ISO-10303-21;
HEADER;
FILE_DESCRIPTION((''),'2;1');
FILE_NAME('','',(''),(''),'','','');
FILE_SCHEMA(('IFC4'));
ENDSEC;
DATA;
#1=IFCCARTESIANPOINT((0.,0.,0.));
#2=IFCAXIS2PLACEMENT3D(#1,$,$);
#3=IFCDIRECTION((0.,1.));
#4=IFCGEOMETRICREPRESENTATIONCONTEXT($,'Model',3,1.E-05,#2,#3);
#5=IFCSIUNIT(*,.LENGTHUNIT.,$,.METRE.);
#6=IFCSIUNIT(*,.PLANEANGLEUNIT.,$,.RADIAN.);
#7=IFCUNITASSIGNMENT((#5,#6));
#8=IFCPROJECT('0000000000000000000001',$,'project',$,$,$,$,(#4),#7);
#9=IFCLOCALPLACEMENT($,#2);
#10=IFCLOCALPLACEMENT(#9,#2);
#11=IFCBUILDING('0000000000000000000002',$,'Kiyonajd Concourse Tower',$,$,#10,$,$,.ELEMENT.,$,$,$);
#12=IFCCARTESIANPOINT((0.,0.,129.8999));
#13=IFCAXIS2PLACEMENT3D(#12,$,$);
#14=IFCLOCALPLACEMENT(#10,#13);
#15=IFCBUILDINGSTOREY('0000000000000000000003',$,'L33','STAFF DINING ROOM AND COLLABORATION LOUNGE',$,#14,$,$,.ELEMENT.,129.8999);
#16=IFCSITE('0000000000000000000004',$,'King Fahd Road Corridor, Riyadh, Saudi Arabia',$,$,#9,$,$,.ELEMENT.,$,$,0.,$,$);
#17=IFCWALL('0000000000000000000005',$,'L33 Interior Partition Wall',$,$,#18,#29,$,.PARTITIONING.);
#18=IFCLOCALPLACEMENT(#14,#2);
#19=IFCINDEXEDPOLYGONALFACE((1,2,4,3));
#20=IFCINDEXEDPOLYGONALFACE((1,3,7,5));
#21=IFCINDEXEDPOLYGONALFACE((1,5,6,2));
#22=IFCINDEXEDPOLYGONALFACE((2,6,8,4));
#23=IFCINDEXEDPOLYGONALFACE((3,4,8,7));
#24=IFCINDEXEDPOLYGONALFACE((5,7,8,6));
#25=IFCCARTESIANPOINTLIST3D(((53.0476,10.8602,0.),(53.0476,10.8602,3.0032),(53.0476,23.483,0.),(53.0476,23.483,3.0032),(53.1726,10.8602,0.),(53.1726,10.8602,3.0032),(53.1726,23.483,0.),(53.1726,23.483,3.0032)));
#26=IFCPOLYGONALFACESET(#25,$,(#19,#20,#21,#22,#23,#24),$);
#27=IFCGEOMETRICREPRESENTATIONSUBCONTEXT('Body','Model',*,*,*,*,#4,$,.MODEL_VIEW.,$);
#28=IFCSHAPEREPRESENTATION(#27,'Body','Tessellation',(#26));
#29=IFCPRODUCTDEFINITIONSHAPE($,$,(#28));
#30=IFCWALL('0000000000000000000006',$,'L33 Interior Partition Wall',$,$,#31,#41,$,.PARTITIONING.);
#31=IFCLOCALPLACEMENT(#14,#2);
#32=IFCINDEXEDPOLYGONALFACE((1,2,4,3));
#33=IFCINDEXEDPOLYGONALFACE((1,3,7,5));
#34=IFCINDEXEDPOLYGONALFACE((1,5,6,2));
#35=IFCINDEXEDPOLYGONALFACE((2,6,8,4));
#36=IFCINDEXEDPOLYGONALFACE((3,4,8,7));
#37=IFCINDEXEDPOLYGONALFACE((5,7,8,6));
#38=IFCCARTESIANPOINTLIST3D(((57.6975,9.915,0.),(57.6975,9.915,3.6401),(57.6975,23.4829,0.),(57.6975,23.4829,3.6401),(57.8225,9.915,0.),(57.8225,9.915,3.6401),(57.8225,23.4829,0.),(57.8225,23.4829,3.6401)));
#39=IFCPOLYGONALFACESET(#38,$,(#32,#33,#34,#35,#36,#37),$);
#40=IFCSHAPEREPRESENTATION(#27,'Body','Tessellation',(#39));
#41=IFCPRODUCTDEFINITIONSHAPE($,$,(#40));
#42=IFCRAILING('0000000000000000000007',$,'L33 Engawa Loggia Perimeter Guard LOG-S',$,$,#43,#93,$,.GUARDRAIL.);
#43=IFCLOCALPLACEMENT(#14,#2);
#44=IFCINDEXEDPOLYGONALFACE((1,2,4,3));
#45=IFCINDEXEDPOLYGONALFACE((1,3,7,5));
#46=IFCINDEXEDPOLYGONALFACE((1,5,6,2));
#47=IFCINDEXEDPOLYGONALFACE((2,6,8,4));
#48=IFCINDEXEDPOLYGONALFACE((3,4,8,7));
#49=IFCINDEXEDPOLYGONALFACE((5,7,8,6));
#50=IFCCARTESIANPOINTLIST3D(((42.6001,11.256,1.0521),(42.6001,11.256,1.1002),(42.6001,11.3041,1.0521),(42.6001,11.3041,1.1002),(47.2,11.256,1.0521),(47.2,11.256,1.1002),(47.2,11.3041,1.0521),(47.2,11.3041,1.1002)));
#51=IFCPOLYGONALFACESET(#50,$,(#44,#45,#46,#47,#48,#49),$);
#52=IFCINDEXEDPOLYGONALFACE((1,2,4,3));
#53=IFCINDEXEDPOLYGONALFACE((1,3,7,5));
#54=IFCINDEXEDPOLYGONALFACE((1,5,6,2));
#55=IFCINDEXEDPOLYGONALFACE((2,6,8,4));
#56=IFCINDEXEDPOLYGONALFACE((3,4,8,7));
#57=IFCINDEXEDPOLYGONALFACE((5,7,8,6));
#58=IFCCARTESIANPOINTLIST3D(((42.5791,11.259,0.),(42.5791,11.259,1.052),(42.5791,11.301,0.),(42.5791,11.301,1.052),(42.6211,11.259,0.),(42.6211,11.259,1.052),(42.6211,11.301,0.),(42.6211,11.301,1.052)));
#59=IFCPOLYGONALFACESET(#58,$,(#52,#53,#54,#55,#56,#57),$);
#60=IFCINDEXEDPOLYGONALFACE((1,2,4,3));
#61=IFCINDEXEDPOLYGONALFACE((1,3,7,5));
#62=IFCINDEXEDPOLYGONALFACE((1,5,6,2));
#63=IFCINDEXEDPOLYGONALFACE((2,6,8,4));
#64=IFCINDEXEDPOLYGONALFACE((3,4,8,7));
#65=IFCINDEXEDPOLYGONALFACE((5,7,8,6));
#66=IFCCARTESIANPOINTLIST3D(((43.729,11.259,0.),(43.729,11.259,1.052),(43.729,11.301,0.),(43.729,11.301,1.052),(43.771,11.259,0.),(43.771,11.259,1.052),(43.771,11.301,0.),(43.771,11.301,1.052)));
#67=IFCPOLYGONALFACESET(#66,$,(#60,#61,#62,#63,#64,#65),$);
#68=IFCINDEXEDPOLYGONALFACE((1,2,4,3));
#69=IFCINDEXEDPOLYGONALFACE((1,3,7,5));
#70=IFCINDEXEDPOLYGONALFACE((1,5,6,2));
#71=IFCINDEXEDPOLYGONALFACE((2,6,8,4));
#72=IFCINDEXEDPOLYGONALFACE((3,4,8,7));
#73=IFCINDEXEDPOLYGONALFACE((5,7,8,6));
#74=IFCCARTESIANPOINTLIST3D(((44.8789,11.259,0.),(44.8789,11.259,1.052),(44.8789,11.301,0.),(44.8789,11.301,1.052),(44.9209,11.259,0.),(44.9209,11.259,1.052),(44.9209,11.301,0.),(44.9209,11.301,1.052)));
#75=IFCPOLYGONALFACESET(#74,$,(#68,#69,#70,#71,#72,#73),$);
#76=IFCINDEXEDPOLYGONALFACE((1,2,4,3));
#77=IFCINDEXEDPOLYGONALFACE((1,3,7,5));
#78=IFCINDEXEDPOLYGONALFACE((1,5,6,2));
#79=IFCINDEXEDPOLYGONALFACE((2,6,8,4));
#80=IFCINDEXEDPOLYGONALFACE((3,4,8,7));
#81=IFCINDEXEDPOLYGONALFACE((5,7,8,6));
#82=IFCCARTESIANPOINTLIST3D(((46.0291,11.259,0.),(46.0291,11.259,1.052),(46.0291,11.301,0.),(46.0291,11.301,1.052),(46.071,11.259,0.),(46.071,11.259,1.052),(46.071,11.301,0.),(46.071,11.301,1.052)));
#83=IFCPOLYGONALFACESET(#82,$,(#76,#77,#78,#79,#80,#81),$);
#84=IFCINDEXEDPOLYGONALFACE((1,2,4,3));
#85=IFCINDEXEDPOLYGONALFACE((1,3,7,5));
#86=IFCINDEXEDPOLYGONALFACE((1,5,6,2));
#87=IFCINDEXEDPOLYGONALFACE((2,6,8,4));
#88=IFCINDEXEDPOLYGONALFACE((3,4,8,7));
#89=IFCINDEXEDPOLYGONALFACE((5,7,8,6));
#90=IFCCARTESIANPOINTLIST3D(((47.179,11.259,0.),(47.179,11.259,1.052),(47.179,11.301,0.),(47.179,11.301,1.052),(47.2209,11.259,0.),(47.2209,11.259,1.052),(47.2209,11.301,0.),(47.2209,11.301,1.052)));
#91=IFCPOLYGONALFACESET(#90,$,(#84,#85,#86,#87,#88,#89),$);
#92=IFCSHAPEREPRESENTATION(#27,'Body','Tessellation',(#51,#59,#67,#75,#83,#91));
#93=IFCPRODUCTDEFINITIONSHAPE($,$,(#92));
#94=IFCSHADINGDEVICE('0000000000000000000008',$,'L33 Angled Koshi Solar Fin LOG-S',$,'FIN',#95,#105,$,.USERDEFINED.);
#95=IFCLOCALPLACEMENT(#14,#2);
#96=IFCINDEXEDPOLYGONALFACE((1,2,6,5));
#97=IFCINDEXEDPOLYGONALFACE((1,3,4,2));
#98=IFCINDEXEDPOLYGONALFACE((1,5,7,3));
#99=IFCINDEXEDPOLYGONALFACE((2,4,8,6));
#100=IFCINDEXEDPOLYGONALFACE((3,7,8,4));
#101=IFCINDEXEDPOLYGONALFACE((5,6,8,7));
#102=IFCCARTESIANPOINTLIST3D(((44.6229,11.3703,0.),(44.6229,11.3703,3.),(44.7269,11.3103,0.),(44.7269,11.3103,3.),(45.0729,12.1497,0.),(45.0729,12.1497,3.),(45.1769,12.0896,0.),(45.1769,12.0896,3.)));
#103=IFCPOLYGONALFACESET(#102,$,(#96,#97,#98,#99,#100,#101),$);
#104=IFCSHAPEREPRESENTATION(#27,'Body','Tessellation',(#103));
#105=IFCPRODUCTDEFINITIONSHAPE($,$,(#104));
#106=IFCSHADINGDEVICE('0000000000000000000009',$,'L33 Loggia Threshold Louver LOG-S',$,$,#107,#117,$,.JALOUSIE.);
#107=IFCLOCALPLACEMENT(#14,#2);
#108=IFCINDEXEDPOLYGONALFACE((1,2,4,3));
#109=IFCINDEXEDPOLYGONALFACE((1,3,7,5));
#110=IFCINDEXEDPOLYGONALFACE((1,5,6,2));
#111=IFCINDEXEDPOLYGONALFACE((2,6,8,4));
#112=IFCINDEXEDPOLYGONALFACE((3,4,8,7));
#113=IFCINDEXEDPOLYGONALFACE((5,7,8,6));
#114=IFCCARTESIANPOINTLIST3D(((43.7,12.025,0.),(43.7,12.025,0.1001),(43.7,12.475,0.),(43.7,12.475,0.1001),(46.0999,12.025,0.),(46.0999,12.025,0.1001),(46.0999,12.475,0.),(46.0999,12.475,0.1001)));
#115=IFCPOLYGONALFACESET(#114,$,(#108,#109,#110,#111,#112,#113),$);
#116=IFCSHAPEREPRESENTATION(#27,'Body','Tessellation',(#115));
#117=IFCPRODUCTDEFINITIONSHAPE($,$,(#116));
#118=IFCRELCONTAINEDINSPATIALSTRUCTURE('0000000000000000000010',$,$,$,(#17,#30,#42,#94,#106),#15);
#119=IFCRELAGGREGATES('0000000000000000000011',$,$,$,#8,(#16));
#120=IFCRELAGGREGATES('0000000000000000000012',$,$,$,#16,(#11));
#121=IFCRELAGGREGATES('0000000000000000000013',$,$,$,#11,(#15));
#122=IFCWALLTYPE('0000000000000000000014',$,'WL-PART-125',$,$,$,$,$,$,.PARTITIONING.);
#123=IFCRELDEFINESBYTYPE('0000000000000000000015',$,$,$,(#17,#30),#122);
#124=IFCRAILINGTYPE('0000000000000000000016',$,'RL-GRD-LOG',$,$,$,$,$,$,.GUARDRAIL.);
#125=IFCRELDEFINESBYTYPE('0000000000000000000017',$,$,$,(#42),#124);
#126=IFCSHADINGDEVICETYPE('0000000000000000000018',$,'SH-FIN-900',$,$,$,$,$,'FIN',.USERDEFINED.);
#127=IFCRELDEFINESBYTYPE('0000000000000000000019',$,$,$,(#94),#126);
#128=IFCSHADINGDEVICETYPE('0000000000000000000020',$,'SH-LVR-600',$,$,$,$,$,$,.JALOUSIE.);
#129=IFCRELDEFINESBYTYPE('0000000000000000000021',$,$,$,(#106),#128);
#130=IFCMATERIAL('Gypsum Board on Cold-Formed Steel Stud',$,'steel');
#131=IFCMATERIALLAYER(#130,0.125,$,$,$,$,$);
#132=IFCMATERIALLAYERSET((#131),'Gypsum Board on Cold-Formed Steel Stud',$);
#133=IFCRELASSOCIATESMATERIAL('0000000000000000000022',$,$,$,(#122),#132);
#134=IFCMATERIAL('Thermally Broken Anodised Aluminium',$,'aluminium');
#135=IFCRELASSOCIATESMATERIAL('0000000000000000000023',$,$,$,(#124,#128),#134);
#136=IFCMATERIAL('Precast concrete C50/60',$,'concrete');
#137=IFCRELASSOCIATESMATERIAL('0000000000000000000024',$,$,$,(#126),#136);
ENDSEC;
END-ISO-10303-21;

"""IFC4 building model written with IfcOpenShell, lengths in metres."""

from ifc_helpers import new_model, si_unit, direction, frame, frame_2d, origin, origin_2d, place, context, subcontext, project, spatial, rectangle, extrude, material, layer, layer_set, type_object, element, save


model = new_model("IFC4")

# Units and contexts
model_context = context("Model", 3, precision=1e-05, world=origin(), true_north=direction((0.0, 1.0)))
body_context = subcontext(model_context, "Body", "Model", "MODEL_VIEW")
ifc_project = project(units=[si_unit("LENGTHUNIT", "METRE"), si_unit("PLANEANGLEUNIT", "RADIAN")], contexts=[model_context])

# Site, building, storey
site_placement = place(None, origin())
site = spatial("IfcSite", under=ifc_project, at=site_placement, Name="King Fahd Road Corridor, Riyadh, Saudi Arabia", CompositionType="ELEMENT", RefElevation=0.0)
building_placement = place(site_placement, origin())
building = spatial("IfcBuilding", under=site, at=building_placement, Name="Kiyonajd Concourse Tower", CompositionType="ELEMENT")
storey_placement = place(building_placement, frame((0.0, 0.0, 129.8999)))
storey = spatial("IfcBuildingStorey", under=building, at=storey_placement, Name="L33", Description="STAFF DINING ROOM AND COLLABORATION LOUNGE", CompositionType="ELEMENT", Elevation=129.8999)

# Shared definitions
ifc_material_1 = material(Name="Precast concrete C50/60", Category="concrete")

# Shared definitions
ifc_material_2 = material(Name="Thermally Broken Anodised Aluminium", Category="aluminium")

# Walls
ifc_material_3 = material(Name="Gypsum Board on Cold-Formed Steel Stud", Category="steel")
ifc_layer_1 = layer(ifc_material_3, 0.125)
ifc_layer_set_1 = layer_set([ifc_layer_1], Name="Gypsum Board on Cold-Formed Steel Stud")
wall_type_1 = type_object("IfcWallType", Name="WL-PART-125", PredefinedType="PARTITIONING", material=ifc_layer_set_1)
wall_1_placement = place(storey_placement, frame((53.1101, 10.8601, 0.0), z_axis=(0.0, 0.0, 1.0), x_axis=(0.0, 1.0, 0.0)))
element("IfcWall", 1, at=wall_1_placement, inside=storey, type_object=wall_type_1, Name="L33 Interior Partition Wall", PredefinedType="PARTITIONING", context=body_context, shape_type="SweptSolid", body=[
    extrude(rectangle(XDim=12.6228, YDim=0.125, at=frame_2d((6.3115, 0.0))), origin(), (0.0, 0.0, 1.0), 3.0032),
])
wall_2_placement = place(storey_placement, frame((57.76, 9.915, 0.0), z_axis=(0.0, 0.0, 1.0), x_axis=(0.0, 1.0, 0.0)))
element("IfcWall", 2, at=wall_2_placement, inside=storey, type_object=wall_type_1, Name="L33 Interior Partition Wall", PredefinedType="PARTITIONING", context=body_context, shape_type="SweptSolid", body=[
    extrude(rectangle(XDim=13.5679, YDim=0.125, at=frame_2d((6.7839, 0.0))), origin(), (0.0, 0.0, 1.0), 3.6401),
])

# Railing
railing_type = type_object("IfcRailingType", Name="RL-GRD-LOG", PredefinedType="GUARDRAIL", material=ifc_material_2)
railing_placement = place(storey_placement, frame((42.6001, 11.28, 0.0)))
element("IfcRailing", 3, at=railing_placement, inside=storey, type_object=railing_type, Name="L33 Engawa Loggia Perimeter Guard LOG-S", PredefinedType="GUARDRAIL", context=body_context, shape_type="SweptSolid", body=[
    extrude(rectangle(XDim=0.0481, YDim=0.0481, at=origin_2d()), frame((0.0, 0.0, 1.0762), z_axis=(1.0, 0.0, 0.0), x_axis=(0.0, 1.0, 0.0)), (0.0, 0.0, 1.0), 4.5999),
    extrude(rectangle(XDim=0.042, YDim=0.042, at=origin_2d()), origin(), (0.0, 0.0, 1.0), 1.052),
    extrude(rectangle(XDim=0.042, YDim=0.042, at=origin_2d()), frame((1.1499, 0.0, 0.0)), (0.0, 0.0, 1.0), 1.052),
    extrude(rectangle(XDim=0.042, YDim=0.042, at=origin_2d()), frame((2.2998, 0.0, 0.0)), (0.0, 0.0, 1.0), 1.052),
    extrude(rectangle(XDim=0.042, YDim=0.042, at=origin_2d()), frame((3.45, 0.0, 0.0)), (0.0, 0.0, 1.0), 1.052),
    extrude(rectangle(XDim=0.042, YDim=0.042, at=origin_2d()), frame((4.5999, 0.0, 0.0)), (0.0, 0.0, 1.0), 1.052),
])

# Shading devices
shading_device_type_1 = type_object("IfcShadingDeviceType", Name="SH-FIN-900", ElementType="FIN", PredefinedType="USERDEFINED", material=ifc_material_1)
shading_device_1_placement = place(storey_placement, frame((44.8999, 11.73, 0.0), z_axis=(0.0, 0.0, 1.0), x_axis=(0.5, 0.866025, 0.0)))
element("IfcShadingDevice", 4, at=shading_device_1_placement, inside=storey, type_object=shading_device_type_1, Name="L33 Angled Koshi Solar Fin LOG-S", ObjectType="FIN", PredefinedType="USERDEFINED", context=body_context, shape_type="SweptSolid", body=[
    extrude(rectangle(XDim=0.8999, YDim=0.1201, at=origin_2d()), origin(), (0.0, 0.0, 1.0), 3.0),
])
shading_device_type_2 = type_object("IfcShadingDeviceType", Name="SH-LVR-600", PredefinedType="JALOUSIE", material=ifc_material_2)
shading_device_2_placement = place(storey_placement, frame((44.8999, 12.25, 0.0), z_axis=(0.0, 0.0, 1.0), x_axis=(1.0, 0.0, 0.0)))
element("IfcShadingDevice", 5, at=shading_device_2_placement, inside=storey, type_object=shading_device_type_2, Name="L33 Loggia Threshold Louver LOG-S", PredefinedType="JALOUSIE", context=body_context, shape_type="SweptSolid", body=[
    extrude(rectangle(XDim=2.3999, YDim=0.45, at=origin_2d()), origin(), (0.0, 0.0, 1.0), 0.1001),
])

save(model, "model.ifc")
